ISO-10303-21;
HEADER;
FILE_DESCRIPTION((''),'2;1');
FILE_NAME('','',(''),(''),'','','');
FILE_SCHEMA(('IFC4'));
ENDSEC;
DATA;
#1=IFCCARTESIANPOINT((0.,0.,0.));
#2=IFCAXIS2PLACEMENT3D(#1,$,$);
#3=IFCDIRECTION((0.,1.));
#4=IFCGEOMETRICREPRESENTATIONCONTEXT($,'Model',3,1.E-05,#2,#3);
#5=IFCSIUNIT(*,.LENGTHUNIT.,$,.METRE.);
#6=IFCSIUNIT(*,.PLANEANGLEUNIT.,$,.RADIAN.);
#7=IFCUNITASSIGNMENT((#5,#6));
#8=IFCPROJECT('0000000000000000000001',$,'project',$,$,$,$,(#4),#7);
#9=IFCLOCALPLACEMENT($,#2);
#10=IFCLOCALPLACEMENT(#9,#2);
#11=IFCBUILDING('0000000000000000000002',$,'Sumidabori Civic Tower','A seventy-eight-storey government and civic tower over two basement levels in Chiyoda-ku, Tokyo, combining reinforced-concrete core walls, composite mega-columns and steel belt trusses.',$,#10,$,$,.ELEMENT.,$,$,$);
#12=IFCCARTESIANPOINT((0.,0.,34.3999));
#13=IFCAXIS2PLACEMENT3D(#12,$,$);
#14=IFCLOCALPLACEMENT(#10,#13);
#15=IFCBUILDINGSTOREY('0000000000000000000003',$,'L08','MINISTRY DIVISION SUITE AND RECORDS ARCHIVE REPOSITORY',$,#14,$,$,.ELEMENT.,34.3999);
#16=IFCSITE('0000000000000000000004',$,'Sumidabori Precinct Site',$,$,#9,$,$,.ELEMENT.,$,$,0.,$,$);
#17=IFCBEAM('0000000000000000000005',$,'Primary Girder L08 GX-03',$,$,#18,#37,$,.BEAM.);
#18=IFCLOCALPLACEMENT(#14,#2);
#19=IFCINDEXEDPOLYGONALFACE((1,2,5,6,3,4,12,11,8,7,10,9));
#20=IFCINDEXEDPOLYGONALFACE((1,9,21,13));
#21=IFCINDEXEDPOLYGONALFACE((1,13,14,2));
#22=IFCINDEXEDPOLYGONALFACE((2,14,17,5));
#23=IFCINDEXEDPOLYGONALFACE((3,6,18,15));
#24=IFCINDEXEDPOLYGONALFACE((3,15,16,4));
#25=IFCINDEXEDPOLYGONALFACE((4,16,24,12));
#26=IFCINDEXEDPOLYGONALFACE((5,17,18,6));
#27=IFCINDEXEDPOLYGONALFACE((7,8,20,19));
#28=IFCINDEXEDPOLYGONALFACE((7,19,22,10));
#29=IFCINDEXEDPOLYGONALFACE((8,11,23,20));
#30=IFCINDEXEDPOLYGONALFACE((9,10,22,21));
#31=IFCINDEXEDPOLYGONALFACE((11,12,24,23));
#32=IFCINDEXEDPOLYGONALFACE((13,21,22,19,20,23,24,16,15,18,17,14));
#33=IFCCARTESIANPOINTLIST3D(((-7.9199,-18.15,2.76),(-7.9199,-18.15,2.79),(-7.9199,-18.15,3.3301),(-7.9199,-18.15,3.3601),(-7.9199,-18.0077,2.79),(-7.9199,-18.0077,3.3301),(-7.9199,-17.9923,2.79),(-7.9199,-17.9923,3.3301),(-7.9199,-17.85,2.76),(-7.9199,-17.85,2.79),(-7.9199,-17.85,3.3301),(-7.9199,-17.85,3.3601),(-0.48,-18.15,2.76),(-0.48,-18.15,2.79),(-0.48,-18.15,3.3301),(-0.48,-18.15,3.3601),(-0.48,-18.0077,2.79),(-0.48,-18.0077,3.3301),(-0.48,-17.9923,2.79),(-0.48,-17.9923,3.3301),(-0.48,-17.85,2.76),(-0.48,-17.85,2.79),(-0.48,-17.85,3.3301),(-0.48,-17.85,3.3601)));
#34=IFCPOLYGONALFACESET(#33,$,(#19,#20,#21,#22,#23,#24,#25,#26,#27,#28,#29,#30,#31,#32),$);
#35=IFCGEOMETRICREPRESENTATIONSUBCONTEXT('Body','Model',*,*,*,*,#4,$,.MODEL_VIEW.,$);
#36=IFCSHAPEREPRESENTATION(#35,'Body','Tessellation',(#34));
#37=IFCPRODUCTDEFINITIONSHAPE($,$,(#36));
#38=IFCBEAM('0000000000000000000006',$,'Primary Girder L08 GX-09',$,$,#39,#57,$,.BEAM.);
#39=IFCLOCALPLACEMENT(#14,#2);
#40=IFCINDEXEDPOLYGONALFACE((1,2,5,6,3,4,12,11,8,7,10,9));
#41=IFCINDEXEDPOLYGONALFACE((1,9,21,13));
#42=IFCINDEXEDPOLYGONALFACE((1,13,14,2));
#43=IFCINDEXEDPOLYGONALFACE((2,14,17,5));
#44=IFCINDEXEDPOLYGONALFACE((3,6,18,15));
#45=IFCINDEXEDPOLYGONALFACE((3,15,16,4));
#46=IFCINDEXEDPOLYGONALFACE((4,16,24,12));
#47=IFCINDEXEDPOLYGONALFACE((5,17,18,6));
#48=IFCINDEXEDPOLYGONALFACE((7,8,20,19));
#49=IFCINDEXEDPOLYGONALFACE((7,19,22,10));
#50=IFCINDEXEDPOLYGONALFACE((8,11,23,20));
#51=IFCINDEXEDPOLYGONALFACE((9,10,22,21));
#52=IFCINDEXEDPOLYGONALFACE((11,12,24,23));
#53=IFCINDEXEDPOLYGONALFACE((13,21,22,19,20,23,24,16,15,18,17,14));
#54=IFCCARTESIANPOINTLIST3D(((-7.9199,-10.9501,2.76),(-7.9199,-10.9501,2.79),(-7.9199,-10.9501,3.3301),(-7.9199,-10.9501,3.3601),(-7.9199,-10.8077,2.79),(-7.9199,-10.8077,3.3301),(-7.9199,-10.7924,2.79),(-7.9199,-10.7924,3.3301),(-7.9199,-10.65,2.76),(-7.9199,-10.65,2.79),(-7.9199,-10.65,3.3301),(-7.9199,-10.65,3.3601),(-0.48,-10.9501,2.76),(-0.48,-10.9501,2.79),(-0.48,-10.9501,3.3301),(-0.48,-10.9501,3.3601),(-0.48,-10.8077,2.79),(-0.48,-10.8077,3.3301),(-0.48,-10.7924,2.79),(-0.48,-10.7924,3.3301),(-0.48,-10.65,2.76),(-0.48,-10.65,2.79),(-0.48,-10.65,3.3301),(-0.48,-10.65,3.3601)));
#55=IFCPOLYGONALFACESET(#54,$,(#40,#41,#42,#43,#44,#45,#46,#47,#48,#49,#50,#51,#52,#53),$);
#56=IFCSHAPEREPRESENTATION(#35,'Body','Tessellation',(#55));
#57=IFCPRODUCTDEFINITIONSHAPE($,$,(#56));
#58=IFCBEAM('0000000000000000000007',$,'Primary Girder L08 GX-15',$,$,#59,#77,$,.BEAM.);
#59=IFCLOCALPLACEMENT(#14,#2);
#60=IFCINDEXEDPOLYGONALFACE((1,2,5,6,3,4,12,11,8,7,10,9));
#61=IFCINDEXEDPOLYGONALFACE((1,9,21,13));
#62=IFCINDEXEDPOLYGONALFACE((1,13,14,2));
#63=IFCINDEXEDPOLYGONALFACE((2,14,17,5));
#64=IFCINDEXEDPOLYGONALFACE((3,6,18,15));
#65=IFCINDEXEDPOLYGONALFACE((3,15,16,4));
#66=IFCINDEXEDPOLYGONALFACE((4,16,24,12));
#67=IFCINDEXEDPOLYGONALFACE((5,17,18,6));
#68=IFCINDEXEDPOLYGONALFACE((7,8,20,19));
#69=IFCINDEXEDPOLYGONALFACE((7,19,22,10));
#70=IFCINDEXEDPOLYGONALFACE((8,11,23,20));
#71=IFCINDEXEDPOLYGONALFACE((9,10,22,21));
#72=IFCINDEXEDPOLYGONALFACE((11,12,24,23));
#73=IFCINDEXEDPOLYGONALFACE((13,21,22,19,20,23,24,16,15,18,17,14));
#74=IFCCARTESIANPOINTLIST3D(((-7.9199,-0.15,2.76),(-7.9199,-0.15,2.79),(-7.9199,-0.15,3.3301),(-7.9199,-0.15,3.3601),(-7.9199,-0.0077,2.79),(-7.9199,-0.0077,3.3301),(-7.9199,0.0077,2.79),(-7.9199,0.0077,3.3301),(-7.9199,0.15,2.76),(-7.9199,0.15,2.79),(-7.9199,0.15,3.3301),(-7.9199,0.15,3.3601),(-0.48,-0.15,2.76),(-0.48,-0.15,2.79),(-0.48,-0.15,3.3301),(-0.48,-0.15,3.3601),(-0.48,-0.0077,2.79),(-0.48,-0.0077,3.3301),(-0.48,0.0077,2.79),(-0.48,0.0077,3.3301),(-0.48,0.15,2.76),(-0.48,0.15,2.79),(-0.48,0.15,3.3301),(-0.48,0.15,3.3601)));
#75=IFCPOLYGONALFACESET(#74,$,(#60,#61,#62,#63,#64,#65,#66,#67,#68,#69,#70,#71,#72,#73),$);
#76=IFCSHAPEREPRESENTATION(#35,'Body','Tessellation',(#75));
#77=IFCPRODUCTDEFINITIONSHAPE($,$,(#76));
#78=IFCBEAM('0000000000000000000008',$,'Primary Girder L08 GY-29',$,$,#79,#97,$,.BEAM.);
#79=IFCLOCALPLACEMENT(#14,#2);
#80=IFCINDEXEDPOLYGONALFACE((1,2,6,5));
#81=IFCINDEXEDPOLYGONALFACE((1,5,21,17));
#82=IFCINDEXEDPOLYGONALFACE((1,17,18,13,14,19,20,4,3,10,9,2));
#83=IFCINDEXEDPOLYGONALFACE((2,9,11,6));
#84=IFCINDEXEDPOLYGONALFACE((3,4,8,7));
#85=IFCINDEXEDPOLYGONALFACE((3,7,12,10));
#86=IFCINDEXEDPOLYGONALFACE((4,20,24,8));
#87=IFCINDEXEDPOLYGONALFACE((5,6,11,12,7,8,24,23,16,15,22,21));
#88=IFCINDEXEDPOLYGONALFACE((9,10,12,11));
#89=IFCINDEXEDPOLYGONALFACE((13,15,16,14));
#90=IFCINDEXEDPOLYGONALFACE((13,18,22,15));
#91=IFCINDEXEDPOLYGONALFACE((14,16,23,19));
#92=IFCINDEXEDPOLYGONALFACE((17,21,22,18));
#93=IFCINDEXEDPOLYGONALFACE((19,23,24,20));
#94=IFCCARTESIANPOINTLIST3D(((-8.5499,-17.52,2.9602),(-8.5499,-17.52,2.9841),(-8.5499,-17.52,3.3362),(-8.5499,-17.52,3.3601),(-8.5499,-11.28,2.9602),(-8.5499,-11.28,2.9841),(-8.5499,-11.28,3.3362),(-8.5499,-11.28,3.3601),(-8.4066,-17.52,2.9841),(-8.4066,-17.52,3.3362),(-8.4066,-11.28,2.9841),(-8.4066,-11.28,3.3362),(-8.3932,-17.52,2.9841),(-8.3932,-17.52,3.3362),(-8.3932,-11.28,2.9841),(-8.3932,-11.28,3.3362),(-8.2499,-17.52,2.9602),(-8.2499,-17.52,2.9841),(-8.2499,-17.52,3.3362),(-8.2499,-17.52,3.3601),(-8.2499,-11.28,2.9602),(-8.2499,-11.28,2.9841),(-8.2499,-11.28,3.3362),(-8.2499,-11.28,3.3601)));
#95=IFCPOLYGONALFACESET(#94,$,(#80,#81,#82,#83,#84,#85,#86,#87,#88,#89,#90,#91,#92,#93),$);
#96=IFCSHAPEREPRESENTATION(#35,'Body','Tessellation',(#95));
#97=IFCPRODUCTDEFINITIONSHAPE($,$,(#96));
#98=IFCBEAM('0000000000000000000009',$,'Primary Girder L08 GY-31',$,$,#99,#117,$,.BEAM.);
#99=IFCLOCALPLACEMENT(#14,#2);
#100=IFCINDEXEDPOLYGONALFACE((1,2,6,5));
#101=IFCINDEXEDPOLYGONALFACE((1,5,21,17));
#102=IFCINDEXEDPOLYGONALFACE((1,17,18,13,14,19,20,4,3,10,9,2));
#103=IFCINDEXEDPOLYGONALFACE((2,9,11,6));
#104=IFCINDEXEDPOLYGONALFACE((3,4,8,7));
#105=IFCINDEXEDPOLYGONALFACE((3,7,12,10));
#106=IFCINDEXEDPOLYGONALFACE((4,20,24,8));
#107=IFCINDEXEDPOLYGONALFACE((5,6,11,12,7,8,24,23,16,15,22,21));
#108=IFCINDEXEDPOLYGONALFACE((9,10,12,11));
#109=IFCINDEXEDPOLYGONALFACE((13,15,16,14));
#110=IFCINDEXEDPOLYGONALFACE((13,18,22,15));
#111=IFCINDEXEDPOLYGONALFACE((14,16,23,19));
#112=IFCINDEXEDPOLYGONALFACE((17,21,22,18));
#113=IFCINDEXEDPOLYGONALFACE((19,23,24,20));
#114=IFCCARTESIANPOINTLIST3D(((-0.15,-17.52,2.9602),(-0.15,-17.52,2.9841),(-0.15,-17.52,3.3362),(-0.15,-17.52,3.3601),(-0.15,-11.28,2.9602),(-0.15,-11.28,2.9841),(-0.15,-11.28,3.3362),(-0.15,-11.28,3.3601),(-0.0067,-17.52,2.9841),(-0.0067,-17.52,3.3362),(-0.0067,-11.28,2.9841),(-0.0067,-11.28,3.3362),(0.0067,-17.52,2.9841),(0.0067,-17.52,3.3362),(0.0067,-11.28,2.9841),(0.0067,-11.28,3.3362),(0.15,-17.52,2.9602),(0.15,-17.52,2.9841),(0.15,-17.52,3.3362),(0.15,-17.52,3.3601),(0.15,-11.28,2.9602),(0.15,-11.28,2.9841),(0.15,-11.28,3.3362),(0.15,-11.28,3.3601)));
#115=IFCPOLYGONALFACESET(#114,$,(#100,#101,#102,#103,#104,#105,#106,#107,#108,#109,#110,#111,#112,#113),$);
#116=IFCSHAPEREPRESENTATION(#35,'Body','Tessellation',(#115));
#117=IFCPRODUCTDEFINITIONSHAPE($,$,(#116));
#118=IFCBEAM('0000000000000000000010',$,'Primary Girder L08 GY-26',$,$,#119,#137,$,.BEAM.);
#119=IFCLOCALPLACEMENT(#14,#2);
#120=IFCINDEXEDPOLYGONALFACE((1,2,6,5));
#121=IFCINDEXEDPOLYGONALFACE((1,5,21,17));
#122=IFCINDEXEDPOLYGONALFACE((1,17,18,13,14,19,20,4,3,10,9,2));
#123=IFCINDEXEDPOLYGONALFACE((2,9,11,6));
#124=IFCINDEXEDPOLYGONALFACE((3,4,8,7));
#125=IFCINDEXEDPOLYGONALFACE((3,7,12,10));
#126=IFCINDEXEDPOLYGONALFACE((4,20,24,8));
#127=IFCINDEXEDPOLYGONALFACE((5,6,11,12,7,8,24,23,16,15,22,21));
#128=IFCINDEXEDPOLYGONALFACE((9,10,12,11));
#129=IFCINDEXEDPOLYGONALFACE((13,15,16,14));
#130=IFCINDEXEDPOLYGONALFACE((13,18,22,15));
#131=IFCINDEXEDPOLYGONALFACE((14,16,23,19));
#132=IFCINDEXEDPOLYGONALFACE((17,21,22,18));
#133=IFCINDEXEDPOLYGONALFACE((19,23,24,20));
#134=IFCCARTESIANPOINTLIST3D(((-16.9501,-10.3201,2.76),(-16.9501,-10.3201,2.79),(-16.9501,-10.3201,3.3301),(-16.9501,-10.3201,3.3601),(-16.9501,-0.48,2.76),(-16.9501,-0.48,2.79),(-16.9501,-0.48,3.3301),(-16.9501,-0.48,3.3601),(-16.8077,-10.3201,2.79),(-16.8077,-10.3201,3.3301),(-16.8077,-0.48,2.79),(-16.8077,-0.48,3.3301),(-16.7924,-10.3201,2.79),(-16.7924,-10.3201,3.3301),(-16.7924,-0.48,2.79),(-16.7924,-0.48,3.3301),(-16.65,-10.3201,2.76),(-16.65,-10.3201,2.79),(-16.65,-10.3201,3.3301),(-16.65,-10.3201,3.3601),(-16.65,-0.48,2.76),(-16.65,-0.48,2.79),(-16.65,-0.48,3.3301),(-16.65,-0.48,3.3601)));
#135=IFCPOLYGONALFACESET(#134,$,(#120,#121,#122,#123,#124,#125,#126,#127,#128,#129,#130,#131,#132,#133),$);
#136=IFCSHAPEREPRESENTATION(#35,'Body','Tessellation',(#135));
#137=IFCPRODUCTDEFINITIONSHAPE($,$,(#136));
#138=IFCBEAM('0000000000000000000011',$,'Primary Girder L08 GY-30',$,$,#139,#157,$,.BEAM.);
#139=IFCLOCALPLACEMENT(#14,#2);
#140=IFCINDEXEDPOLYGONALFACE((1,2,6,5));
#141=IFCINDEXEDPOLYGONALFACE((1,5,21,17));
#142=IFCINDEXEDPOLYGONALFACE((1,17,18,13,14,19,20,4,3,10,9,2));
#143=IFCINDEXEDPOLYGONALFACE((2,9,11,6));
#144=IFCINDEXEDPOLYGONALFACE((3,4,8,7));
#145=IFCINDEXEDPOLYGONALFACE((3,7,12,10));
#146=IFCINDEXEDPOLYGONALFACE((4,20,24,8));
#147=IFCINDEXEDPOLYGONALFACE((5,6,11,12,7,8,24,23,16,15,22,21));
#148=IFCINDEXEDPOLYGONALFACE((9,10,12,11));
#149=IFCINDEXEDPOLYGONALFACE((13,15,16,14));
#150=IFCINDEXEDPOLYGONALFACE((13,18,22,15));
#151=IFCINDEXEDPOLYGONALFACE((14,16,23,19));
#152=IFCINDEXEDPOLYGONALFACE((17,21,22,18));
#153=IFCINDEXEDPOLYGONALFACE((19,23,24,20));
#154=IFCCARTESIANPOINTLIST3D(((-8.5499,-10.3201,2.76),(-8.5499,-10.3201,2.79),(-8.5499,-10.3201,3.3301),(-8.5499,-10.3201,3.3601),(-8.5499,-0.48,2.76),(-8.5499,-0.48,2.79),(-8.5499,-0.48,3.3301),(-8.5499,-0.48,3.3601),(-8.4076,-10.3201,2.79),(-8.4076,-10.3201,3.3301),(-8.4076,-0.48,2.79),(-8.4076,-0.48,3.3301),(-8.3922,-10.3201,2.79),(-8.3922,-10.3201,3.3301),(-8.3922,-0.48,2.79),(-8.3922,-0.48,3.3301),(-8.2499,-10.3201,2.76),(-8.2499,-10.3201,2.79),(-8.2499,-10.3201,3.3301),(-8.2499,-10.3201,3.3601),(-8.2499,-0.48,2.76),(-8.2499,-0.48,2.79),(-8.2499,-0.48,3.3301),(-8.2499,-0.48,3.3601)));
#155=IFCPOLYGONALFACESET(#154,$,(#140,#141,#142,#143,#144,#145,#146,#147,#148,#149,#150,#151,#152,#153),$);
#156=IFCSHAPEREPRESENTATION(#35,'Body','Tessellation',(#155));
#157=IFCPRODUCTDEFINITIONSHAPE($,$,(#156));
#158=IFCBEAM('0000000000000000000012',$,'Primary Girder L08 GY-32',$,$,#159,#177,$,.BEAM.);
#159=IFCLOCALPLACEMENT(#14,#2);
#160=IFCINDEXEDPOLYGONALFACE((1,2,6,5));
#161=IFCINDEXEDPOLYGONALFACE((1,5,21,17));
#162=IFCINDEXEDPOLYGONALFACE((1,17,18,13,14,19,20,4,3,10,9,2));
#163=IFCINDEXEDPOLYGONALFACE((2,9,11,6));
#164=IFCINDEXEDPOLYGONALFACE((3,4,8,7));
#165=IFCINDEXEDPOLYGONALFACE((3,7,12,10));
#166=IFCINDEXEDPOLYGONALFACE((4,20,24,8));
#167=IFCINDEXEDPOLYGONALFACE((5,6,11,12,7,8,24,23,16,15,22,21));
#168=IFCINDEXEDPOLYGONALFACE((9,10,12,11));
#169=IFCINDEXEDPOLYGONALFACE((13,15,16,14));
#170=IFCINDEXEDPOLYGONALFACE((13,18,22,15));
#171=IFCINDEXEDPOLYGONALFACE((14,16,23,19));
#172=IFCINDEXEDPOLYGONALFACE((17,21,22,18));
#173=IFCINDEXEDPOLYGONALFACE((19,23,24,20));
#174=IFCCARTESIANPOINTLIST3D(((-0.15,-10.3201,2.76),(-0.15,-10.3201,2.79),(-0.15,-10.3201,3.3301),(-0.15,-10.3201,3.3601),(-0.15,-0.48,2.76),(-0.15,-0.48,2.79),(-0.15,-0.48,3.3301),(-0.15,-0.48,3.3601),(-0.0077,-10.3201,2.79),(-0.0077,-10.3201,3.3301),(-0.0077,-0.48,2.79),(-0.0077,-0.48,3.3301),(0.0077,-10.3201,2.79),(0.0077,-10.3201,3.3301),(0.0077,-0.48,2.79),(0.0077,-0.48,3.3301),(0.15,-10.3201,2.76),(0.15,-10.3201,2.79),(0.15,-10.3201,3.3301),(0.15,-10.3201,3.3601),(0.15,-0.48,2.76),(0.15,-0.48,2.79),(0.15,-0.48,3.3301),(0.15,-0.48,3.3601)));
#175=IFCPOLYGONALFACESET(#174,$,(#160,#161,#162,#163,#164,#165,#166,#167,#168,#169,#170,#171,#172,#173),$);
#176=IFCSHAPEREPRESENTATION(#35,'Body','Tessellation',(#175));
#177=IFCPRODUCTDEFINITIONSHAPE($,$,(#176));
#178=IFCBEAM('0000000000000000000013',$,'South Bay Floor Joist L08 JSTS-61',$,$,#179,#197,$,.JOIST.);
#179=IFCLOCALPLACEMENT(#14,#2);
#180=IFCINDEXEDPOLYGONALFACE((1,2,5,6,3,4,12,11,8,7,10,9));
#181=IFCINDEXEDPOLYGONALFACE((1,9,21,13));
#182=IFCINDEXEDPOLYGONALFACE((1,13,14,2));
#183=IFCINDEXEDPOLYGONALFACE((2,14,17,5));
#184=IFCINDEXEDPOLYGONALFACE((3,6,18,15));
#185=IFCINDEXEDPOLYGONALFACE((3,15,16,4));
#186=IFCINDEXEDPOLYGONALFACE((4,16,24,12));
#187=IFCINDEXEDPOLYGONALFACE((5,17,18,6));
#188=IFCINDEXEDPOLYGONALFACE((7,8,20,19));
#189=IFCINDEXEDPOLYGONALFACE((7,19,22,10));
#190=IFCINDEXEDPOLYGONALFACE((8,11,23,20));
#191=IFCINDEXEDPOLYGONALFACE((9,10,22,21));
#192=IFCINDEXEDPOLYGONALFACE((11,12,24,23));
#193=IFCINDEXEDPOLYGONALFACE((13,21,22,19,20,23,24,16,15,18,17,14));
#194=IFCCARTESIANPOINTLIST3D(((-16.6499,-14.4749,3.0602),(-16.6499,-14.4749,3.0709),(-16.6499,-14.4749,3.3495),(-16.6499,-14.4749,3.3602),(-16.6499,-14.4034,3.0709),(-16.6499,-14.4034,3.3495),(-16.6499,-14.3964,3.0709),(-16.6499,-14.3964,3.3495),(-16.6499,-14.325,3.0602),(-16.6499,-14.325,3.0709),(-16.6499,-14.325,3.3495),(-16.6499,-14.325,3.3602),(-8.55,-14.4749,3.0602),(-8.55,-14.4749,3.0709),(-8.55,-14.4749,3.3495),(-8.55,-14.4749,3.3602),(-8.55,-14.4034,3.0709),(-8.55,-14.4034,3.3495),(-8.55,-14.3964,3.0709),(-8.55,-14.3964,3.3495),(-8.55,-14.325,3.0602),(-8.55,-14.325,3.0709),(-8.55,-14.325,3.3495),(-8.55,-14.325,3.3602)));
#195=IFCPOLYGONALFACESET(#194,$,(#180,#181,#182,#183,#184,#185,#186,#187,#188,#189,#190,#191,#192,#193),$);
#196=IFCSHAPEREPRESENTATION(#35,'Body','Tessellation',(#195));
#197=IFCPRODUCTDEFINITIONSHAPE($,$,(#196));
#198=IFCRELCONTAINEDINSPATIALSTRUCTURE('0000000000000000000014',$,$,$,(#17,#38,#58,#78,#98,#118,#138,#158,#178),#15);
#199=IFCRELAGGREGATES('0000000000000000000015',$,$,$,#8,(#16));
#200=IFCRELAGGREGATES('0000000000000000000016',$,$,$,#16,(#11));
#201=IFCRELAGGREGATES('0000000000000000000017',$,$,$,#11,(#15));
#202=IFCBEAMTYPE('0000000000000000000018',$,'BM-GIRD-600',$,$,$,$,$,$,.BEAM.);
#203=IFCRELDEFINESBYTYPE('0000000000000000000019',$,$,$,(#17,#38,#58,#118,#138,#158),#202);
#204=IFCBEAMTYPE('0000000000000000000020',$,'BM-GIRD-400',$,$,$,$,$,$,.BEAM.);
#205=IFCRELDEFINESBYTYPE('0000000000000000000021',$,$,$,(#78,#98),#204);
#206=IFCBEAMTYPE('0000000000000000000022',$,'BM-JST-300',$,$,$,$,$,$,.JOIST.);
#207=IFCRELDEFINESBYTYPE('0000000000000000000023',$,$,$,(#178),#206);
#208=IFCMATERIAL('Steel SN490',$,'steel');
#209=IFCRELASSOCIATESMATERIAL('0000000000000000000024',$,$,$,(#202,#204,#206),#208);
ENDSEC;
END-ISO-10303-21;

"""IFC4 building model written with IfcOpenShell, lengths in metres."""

from ifc_helpers import new_model, si_unit, direction, frame, origin, origin_2d, place, context, subcontext, project, spatial, i_section, extrude, source, transform, mapped, material, material_profile, profile_set, type_object, element, save


model = new_model("IFC4")

# Units and contexts
model_context = context("Model", 3, precision=1e-05, world=origin(), true_north=direction((0.0, 1.0)))
body_context = subcontext(model_context, "Body", "Model", "MODEL_VIEW")
ifc_project = project(units=[si_unit("LENGTHUNIT", "METRE"), si_unit("PLANEANGLEUNIT", "RADIAN")], contexts=[model_context])

# Site, building, storey
site_placement = place(None, origin())
site = spatial("IfcSite", under=ifc_project, at=site_placement, Name="Sumidabori Precinct Site", CompositionType="ELEMENT", RefElevation=0.0)
building_placement = place(site_placement, origin())
building = spatial("IfcBuilding", under=site, at=building_placement, Name="Sumidabori Civic Tower", Description="A seventy-eight-storey government and civic tower over two basement levels in Chiyoda-ku, Tokyo, combining reinforced-concrete core walls, composite mega-columns and steel belt trusses.", CompositionType="ELEMENT")
storey_placement = place(building_placement, frame((0.0, 0.0, 34.3999)))
storey = spatial("IfcBuildingStorey", under=building, at=storey_placement, Name="L08", Description="MINISTRY DIVISION SUITE AND RECORDS ARCHIVE REPOSITORY", CompositionType="ELEMENT", Elevation=34.3999)

# Beams
ifc_material_1 = material(Name="Steel SN490", Category="steel")
ifc_material_profile_1 = material_profile(ifc_material_1, i_section(OverallWidth=0.3, OverallDepth=0.6001, WebThickness=0.0154, FlangeThickness=0.03, at=origin_2d()), Name="HE 600 B")
ifc_profile_set_1 = profile_set([ifc_material_profile_1], Name="Steel SN490")
beam_type_1 = type_object("IfcBeamType", Name="BM-GIRD-600", PredefinedType="BEAM", material=ifc_profile_set_1)
shared_shape_1 = source(origin(), body_context, "Body", "SweptSolid", [
    extrude(i_section(OverallWidth=0.3, OverallDepth=0.6001, WebThickness=0.0154, FlangeThickness=0.03, at=origin_2d()), origin(), (0.0, 0.0, 1.0), 7.4399),
])
for number, where, z_axis, x_axis, name in (
    (1, (-7.9199, -18.0, 3.0601), (1.0, 0.0, 0.0), (0.0, 1.0, 0.0), "Primary Girder L08 GX-03"),
    (2, (-7.9199, -10.8, 3.0601), (1.0, 0.0, 0.0), (0.0, 1.0, 0.0), "Primary Girder L08 GX-09"),
    (3, (-7.9199, 0.0, 3.0601), (1.0, 0.0, 0.0), (0.0, 1.0, 0.0), "Primary Girder L08 GX-15"),
):
    element("IfcBeam", number, at=place(storey_placement, frame(where, z_axis=z_axis, x_axis=x_axis)), inside=storey, type_object=beam_type_1, Name=name, PredefinedType="BEAM", context=body_context, shape_type="MappedRepresentation", body=[
        mapped(shared_shape_1, transform((0.0, 0.0, 0.0), x_axis=(1.0, 0.0, 0.0), y_axis=(0.0, 1.0, 0.0), z_axis=(0.0, 0.0, 1.0), scale=1.0)),
    ])
ifc_material_profile_2 = material_profile(ifc_material_1, i_section(OverallWidth=0.3, OverallDepth=0.3999, WebThickness=0.0134, FlangeThickness=0.0239, at=origin_2d()), Name="HE 400 B")
ifc_profile_set_2 = profile_set([ifc_material_profile_2], Name="Steel SN490")
beam_type_2 = type_object("IfcBeamType", Name="BM-GIRD-400", PredefinedType="BEAM", material=ifc_profile_set_2)
shared_shape_2 = source(origin(), body_context, "Body", "SweptSolid", [
    extrude(i_section(OverallWidth=0.3, OverallDepth=0.3999, WebThickness=0.0134, FlangeThickness=0.0239, at=origin_2d()), origin(), (0.0, 0.0, 1.0), 6.24),
])
for number, where, z_axis, x_axis, name in (
    (4, (-8.3999, -17.52, 3.1602), (0.0, 1.0, 0.0), (-1.0, 0.0, 0.0), "Primary Girder L08 GY-29"),
    (5, (0.0, -17.52, 3.1602), (0.0, 1.0, 0.0), (-1.0, 0.0, 0.0), "Primary Girder L08 GY-31"),
):
    element("IfcBeam", number, at=place(storey_placement, frame(where, z_axis=z_axis, x_axis=x_axis)), inside=storey, type_object=beam_type_2, Name=name, PredefinedType="BEAM", context=body_context, shape_type="MappedRepresentation", body=[
        mapped(shared_shape_2, transform((0.0, 0.0, 0.0), x_axis=(1.0, 0.0, 0.0), y_axis=(0.0, 1.0, 0.0), z_axis=(0.0, 0.0, 1.0), scale=1.0)),
    ])
shared_shape_3 = source(origin(), body_context, "Body", "SweptSolid", [
    extrude(i_section(OverallWidth=0.3, OverallDepth=0.6001, WebThickness=0.0154, FlangeThickness=0.03, at=origin_2d()), origin(), (0.0, 0.0, 1.0), 9.8401),
])
for number, where, z_axis, x_axis, name in (
    (6, (-16.8, -10.3201, 3.0601), (0.0, 1.0, 0.0), (-1.0, 0.0, 0.0), "Primary Girder L08 GY-26"),
    (7, (-8.3999, -10.3201, 3.0601), (0.0, 1.0, 0.0), (-1.0, 0.0, 0.0), "Primary Girder L08 GY-30"),
    (8, (0.0, -10.3201, 3.0601), (0.0, 1.0, 0.0), (-1.0, 0.0, 0.0), "Primary Girder L08 GY-32"),
):
    element("IfcBeam", number, at=place(storey_placement, frame(where, z_axis=z_axis, x_axis=x_axis)), inside=storey, type_object=beam_type_1, Name=name, PredefinedType="BEAM", context=body_context, shape_type="MappedRepresentation", body=[
        mapped(shared_shape_3, transform((0.0, 0.0, 0.0), x_axis=(1.0, 0.0, 0.0), y_axis=(0.0, 1.0, 0.0), z_axis=(0.0, 0.0, 1.0), scale=1.0)),
    ])
ifc_material_profile_3 = material_profile(ifc_material_1, i_section(OverallWidth=0.1499, OverallDepth=0.3, WebThickness=0.0071, FlangeThickness=0.0107, at=origin_2d()), Name="IPE 300")
ifc_profile_set_3 = profile_set([ifc_material_profile_3], Name="Steel SN490")
beam_type_3 = type_object("IfcBeamType", Name="BM-JST-300", PredefinedType="JOIST", material=ifc_profile_set_3)
shared_shape_4 = source(origin(), body_context, "Body", "SweptSolid", [
    extrude(i_section(OverallWidth=0.1499, OverallDepth=0.3, WebThickness=0.0071, FlangeThickness=0.0107, at=origin_2d()), origin(), (0.0, 0.0, 1.0), 8.0999),
])
for number, where, z_axis, x_axis, name in (
    (9, (-16.6499, -14.3999, 3.2102), (1.0, 0.0, 0.0), (0.0, 1.0, 0.0), "South Bay Floor Joist L08 JSTS-61"),
):
    element("IfcBeam", number, at=place(storey_placement, frame(where, z_axis=z_axis, x_axis=x_axis)), inside=storey, type_object=beam_type_3, Name=name, PredefinedType="JOIST", context=body_context, shape_type="MappedRepresentation", body=[
        mapped(shared_shape_4, transform((0.0, 0.0, 0.0), x_axis=(1.0, 0.0, 0.0), y_axis=(0.0, 1.0, 0.0), z_axis=(0.0, 0.0, 1.0), scale=1.0)),
    ])

save(model, "model.ifc")
